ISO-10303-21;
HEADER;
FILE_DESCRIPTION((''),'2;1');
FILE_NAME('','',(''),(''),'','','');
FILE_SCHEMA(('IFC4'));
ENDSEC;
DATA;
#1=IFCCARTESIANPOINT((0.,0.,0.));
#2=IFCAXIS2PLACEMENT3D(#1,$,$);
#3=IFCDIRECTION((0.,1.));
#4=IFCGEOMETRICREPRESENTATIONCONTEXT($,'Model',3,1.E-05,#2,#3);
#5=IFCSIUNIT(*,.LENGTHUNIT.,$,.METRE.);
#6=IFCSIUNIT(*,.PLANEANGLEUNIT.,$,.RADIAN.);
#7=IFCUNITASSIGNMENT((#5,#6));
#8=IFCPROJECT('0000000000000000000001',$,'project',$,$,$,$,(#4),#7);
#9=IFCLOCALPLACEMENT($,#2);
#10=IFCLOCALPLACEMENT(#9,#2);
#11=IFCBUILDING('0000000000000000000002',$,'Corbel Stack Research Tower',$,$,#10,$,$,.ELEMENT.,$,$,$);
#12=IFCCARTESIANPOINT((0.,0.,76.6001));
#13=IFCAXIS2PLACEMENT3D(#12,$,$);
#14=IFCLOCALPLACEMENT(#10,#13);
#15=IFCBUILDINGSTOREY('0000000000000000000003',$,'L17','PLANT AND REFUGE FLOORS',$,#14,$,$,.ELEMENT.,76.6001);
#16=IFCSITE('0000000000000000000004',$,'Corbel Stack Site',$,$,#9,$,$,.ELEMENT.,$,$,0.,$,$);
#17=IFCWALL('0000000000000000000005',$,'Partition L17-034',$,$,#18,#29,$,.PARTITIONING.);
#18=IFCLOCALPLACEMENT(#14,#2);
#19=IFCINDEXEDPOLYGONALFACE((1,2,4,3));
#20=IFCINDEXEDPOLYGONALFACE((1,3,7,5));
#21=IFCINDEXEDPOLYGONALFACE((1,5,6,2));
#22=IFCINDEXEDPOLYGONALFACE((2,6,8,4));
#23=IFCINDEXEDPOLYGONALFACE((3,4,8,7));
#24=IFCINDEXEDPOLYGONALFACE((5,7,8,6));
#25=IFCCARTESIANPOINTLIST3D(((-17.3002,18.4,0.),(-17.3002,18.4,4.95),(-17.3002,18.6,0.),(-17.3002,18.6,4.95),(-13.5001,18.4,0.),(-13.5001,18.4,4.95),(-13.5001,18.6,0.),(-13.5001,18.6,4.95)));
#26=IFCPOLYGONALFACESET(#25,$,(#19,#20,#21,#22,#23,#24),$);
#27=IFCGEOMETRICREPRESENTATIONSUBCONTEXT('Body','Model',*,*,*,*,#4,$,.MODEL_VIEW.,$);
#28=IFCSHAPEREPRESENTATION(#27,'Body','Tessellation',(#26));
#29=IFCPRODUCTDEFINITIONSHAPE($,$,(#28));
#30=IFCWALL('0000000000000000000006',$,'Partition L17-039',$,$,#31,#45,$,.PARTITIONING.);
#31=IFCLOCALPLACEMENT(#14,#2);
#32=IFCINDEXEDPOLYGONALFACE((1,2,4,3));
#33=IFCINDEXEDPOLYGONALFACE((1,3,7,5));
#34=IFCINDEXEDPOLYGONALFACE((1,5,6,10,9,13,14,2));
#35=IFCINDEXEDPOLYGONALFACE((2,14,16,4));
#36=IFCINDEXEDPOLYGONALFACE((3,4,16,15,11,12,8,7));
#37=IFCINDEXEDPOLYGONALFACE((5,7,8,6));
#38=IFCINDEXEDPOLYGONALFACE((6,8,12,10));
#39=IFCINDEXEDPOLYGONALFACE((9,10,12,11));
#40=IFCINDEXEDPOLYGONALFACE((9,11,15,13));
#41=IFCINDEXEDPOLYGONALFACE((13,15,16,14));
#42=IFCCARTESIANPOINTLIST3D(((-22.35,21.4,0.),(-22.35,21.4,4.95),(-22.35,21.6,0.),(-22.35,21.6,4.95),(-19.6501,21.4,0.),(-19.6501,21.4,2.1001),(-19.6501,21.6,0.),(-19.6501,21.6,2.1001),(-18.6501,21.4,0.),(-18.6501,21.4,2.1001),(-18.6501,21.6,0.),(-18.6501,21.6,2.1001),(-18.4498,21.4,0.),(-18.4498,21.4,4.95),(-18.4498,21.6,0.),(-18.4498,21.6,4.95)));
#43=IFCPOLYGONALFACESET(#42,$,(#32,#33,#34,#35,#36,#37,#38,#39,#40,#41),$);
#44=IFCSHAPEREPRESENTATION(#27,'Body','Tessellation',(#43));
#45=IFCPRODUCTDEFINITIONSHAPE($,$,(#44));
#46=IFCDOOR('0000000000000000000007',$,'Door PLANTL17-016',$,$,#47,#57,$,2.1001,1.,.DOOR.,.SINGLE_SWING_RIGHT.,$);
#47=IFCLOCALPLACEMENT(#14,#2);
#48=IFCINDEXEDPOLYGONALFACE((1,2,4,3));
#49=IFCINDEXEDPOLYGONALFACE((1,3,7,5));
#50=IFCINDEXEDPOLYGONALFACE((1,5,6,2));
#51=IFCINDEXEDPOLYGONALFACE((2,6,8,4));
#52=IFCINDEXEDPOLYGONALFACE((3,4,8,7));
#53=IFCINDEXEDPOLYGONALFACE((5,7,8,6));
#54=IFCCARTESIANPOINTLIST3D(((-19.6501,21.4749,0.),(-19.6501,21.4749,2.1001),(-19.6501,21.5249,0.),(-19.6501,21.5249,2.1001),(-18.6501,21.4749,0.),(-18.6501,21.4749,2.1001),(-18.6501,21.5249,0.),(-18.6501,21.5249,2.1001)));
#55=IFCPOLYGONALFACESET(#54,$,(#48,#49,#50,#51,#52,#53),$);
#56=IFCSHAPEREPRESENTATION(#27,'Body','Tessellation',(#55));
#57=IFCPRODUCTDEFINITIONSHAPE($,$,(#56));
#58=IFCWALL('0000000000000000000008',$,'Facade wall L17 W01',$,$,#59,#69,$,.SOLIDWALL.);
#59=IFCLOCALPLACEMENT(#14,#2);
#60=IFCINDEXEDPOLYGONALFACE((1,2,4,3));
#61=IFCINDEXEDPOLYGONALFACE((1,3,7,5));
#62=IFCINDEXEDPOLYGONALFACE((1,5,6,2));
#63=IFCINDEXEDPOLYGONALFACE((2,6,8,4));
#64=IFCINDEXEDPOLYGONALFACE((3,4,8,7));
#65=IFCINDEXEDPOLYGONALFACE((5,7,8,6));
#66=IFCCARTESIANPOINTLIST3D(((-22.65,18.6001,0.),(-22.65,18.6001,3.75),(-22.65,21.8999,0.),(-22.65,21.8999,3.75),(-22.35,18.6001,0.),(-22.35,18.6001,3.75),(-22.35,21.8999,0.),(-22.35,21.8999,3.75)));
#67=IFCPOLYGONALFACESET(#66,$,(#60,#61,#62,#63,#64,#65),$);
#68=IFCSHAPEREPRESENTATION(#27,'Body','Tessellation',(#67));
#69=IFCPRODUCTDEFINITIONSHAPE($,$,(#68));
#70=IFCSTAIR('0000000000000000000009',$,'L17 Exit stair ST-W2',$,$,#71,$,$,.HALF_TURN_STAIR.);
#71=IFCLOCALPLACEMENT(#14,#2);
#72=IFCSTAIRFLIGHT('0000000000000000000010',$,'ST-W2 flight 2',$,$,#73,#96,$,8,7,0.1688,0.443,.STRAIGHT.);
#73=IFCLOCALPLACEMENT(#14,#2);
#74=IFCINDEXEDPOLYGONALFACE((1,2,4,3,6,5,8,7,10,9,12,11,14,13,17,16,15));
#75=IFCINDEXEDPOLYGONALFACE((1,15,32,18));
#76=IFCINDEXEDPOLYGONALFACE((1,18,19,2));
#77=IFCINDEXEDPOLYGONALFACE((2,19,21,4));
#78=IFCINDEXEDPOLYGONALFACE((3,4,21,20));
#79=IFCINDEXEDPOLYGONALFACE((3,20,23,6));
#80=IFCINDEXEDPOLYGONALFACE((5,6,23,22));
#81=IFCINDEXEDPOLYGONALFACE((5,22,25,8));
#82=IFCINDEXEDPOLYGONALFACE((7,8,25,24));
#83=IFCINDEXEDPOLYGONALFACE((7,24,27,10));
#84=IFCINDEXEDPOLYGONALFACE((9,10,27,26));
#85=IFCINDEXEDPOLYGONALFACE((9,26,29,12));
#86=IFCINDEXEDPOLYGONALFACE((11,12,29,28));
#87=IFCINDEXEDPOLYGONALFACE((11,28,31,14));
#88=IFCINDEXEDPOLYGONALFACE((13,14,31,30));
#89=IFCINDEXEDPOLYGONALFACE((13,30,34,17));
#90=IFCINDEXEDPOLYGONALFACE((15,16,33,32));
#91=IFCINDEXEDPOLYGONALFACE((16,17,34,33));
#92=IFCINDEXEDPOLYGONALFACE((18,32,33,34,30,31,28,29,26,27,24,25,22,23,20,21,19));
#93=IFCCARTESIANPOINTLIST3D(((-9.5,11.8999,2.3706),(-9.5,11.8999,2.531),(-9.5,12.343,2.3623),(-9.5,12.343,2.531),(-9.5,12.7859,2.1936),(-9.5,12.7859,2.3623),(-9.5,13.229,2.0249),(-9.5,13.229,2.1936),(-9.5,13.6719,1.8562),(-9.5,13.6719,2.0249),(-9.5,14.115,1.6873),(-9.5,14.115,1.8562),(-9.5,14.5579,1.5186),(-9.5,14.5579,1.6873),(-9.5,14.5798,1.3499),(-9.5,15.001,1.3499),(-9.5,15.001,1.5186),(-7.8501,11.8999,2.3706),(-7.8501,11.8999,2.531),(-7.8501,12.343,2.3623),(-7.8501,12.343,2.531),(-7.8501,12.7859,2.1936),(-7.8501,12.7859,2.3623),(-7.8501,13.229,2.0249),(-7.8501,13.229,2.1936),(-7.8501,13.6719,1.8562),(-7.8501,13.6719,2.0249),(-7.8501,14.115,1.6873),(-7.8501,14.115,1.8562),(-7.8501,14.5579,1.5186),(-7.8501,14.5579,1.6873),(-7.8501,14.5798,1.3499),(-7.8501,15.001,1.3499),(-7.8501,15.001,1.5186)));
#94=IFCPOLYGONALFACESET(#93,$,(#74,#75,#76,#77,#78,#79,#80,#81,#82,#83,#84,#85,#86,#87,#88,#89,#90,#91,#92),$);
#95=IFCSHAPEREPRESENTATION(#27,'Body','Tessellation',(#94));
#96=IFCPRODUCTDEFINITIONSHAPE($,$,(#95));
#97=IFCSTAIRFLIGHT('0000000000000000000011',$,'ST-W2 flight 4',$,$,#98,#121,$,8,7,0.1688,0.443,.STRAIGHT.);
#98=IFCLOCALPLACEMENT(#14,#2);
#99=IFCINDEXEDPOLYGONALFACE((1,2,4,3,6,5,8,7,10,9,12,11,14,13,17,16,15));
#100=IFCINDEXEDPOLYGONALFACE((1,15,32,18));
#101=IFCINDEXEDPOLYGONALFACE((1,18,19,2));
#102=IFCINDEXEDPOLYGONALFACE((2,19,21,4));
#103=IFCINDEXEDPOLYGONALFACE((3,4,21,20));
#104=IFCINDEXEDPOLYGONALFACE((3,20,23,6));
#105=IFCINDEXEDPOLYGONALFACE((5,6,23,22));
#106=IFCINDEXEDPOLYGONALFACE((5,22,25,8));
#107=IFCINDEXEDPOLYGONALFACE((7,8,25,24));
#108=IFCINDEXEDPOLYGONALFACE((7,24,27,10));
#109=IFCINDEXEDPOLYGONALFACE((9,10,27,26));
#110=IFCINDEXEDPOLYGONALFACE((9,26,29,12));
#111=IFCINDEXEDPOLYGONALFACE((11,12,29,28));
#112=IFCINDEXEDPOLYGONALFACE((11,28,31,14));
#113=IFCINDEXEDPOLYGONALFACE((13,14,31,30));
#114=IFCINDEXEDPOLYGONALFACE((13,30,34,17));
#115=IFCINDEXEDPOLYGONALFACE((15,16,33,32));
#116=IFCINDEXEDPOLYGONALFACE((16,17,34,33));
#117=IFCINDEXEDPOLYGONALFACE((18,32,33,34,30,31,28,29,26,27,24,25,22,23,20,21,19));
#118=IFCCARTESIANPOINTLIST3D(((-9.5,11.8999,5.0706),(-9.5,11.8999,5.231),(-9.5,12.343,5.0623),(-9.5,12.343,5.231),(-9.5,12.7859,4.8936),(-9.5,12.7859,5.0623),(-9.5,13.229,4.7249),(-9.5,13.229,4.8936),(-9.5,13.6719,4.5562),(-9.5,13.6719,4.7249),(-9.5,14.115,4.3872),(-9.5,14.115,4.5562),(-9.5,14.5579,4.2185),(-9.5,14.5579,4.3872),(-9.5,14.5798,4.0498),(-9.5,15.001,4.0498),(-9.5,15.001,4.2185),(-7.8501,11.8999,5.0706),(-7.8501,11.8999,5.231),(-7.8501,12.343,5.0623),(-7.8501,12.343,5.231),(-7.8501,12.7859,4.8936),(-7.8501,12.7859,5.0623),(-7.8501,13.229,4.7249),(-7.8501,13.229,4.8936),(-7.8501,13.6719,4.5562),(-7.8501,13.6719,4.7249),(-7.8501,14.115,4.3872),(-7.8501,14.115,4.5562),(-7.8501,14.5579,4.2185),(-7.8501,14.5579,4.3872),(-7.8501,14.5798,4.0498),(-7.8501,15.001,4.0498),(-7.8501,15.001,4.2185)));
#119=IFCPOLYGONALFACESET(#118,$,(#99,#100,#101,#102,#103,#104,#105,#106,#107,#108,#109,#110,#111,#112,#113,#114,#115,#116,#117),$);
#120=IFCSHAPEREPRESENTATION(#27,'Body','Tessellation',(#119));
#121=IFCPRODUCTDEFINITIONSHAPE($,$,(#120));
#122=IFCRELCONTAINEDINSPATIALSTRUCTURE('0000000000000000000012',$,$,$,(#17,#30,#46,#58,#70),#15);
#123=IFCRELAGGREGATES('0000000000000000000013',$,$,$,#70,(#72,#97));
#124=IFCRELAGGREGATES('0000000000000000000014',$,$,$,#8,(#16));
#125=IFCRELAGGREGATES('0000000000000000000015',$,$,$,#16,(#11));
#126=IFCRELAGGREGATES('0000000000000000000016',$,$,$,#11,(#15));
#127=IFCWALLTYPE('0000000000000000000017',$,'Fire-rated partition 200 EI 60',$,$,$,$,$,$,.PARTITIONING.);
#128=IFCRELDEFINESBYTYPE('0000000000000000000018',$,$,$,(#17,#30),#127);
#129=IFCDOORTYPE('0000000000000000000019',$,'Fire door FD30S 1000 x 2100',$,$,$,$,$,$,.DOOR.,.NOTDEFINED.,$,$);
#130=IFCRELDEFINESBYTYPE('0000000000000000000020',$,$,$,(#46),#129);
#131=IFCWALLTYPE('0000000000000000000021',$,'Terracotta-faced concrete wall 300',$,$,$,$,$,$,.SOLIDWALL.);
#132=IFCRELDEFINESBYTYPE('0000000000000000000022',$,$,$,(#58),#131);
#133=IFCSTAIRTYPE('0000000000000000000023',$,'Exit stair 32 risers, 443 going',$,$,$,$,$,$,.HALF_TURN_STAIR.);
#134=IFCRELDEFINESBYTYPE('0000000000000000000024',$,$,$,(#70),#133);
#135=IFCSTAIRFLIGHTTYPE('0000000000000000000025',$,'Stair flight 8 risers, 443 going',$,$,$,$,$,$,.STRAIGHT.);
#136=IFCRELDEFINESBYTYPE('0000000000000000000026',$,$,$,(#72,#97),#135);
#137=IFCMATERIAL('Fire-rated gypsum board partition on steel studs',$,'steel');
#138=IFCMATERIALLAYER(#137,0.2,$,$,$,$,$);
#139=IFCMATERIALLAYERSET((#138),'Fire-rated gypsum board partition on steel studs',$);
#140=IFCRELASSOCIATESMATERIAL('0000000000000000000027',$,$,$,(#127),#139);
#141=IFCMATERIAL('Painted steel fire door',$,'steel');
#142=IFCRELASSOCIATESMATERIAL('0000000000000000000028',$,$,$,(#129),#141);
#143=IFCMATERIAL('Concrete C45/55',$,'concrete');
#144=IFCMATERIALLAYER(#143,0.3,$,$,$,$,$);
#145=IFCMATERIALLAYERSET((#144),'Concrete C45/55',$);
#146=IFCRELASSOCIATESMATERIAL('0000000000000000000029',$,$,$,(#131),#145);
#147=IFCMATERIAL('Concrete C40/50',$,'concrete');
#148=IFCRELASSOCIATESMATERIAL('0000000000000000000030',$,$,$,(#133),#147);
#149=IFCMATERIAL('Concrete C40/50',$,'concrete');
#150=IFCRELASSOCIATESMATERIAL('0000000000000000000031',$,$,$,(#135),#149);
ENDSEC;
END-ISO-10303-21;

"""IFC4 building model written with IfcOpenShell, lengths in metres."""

from ifc_helpers import new_model, si_unit, direction, frame, frame_2d, origin, place, context, subcontext, project, spatial, polyline, rectangle, outline, extrude, material, layer, layer_set, type_object, element, fill, aggregate, save


model = new_model("IFC4")

# Units and contexts
model_context = context("Model", 3, precision=1e-05, world=origin(), true_north=direction((0.0, 1.0)))
body_context = subcontext(model_context, "Body", "Model", "MODEL_VIEW")
ifc_project = project(units=[si_unit("LENGTHUNIT", "METRE"), si_unit("PLANEANGLEUNIT", "RADIAN")], contexts=[model_context])

# Site, building, storey
site_placement = place(None, origin())
site = spatial("IfcSite", under=ifc_project, at=site_placement, Name="Corbel Stack Site", CompositionType="ELEMENT", RefElevation=0.0)
building_placement = place(site_placement, origin())
building = spatial("IfcBuilding", under=site, at=building_placement, Name="Corbel Stack Research Tower", CompositionType="ELEMENT")
storey_placement = place(building_placement, frame((0.0, 0.0, 76.6001)))
storey = spatial("IfcBuildingStorey", under=building, at=storey_placement, Name="L17", Description="PLANT AND REFUGE FLOORS", CompositionType="ELEMENT", Elevation=76.6001)

# Wall
ifc_material_1 = material(Name="Fire-rated gypsum board partition on steel studs", Category="steel")
ifc_layer_1 = layer(ifc_material_1, 0.2)
ifc_layer_set_1 = layer_set([ifc_layer_1], Name="Fire-rated gypsum board partition on steel studs")
wall_type_1 = type_object("IfcWallType", Name="Fire-rated partition 200 EI 60", PredefinedType="PARTITIONING", material=ifc_layer_set_1)
wall_1_placement = place(storey_placement, frame((-17.3, 18.5, 0.0), z_axis=(0.0, 0.0, 1.0), x_axis=(1.0, 0.0, 0.0)))
element("IfcWall", 1, at=wall_1_placement, inside=storey, type_object=wall_type_1, Name="Partition L17-034", PredefinedType="PARTITIONING", context=body_context, shape_type="SweptSolid", body=[
    extrude(rectangle(XDim=3.8, YDim=0.2, at=frame_2d((1.8999, 0.0))), origin(), (0.0, 0.0, 1.0), 4.95),
])

# Wall, opening, door
wall_2_placement = place(storey_placement, frame((-22.3501, 21.5, 0.0), z_axis=(0.0, 0.0, 1.0), x_axis=(1.0, 0.0, 0.0)))
wall_2 = element("IfcWall", 2, at=wall_2_placement, inside=storey, type_object=wall_type_1, Name="Partition L17-039", PredefinedType="PARTITIONING", context=body_context, shape_type="SweptSolid", body=[
    extrude(rectangle(XDim=3.9001, YDim=0.2, at=frame_2d((1.9502, 0.0))), origin(), (0.0, 0.0, 1.0), 4.95),
])
opening_1_placement = place(wall_2_placement, frame((2.7, 0.0, 0.0)))
opening_1 = element("IfcOpeningElement", 3, at=opening_1_placement, cuts=wall_2, PredefinedType="OPENING", context=body_context, shape_type="SweptSolid", body=[
    extrude(rectangle(XDim=1.0, YDim=2.1001, at=frame_2d((0.5, 1.05))), frame((0.0, 0.1099, 0.0), z_axis=(0.0, -1.0, 0.0), x_axis=(1.0, 0.0, 0.0)), (0.0, 0.0, 1.0), 0.22),
])
ifc_material_2 = material(Name="Painted steel fire door", Category="steel")
door_type_1 = type_object("IfcDoorType", Name="Fire door FD30S 1000 x 2100", OperationType="NOTDEFINED", PredefinedType="DOOR", material=ifc_material_2)
door_1_placement = place(opening_1_placement, origin())
door_1 = element("IfcDoor", 4, at=door_1_placement, inside=storey, type_object=door_type_1, Name="Door PLANTL17-016", OperationType="SINGLE_SWING_RIGHT", OverallHeight=2.1001, OverallWidth=1.0, PredefinedType="DOOR", context=body_context, shape_type="SweptSolid", body=[
    extrude(rectangle(XDim=1.0, YDim=2.1001, at=frame_2d((0.5, 1.05))), frame((0.0, 0.0249, 0.0), z_axis=(0.0, -1.0, 0.0), x_axis=(1.0, 0.0, 0.0)), (0.0, 0.0, 1.0), 0.05),
])
fill(opening_1, door_1)

# Wall
ifc_material_3 = material(Name="Concrete C45/55", Category="concrete")
ifc_layer_2 = layer(ifc_material_3, 0.3)
ifc_layer_set_2 = layer_set([ifc_layer_2], Name="Concrete C45/55")
wall_type_2 = type_object("IfcWallType", Name="Terracotta-faced concrete wall 300", PredefinedType="SOLIDWALL", material=ifc_layer_set_2)
wall_3_placement = place(storey_placement, frame((-22.5, 18.6001, 0.0), z_axis=(0.0, 0.0, 1.0), x_axis=(0.0, 1.0, 0.0)))
element("IfcWall", 5, at=wall_3_placement, inside=storey, type_object=wall_type_2, Name="Facade wall L17 W01", PredefinedType="SOLIDWALL", context=body_context, shape_type="SweptSolid", body=[
    extrude(rectangle(XDim=3.2998, YDim=0.3, at=frame_2d((1.6499, 0.0))), origin(), (0.0, 0.0, 1.0), 3.75),
])

# Stair, stair flights
ifc_material_4 = material(Name="Concrete C40/50", Category="concrete")
stair_type = type_object("IfcStairType", Name="Exit stair 32 risers, 443 going", PredefinedType="HALF_TURN_STAIR", material=ifc_material_4)
stair_placement = place(storey_placement, origin())
stair = element("IfcStair", 6, at=stair_placement, inside=storey, type_object=stair_type, Name="L17 Exit stair ST-W2", PredefinedType="HALF_TURN_STAIR")
ifc_material_5 = material(Name="Concrete C40/50", Category="concrete")
stair_flight_type = type_object("IfcStairFlightType", Name="Stair flight 8 risers, 443 going", PredefinedType="STRAIGHT", material=ifc_material_5)
stair_flight_1_placement = place(storey_placement, frame((-8.675, 15.001, 1.3499), z_axis=(0.0, 0.0, 1.0), x_axis=(0.0, -1.0, 0.0)))
stair_flight_1 = element("IfcStairFlight", 7, at=stair_flight_1_placement, type_object=stair_flight_type, Name="ST-W2 flight 2", NumberOfRisers=8, NumberOfTreads=7, PredefinedType="STRAIGHT", RiserHeight=0.1688, TreadLength=0.443, context=body_context, shape_type="SweptSolid", body=[
    extrude(outline(polyline([(0.0, 0.0), (0.0, 0.1687), (0.4431, 0.1687), (0.4431, 0.3374), (0.886, 0.3374), (0.886, 0.5063), (1.3291, 0.5063), (1.3291, 0.675), (1.772, 0.675), (1.772, 0.8438), (2.2151, 0.8438), (2.2151, 1.0125), (2.658, 1.0125), (2.658, 1.1812), (3.1011, 1.1812), (3.1011, 1.3501), (3.1011, 1.0208), (0.4211, 0.0), (0.0, 0.0)])), frame((0.0, 0.825, 0.0), z_axis=(0.0, -1.0, 0.0), x_axis=(1.0, 0.0, 0.0)), (0.0, 0.0, 1.0), 1.6499),
])
stair_flight_2_placement = place(storey_placement, frame((-8.675, 15.001, 4.0498), z_axis=(0.0, 0.0, 1.0), x_axis=(0.0, -1.0, 0.0)))
stair_flight_2 = element("IfcStairFlight", 8, at=stair_flight_2_placement, type_object=stair_flight_type, Name="ST-W2 flight 4", NumberOfRisers=8, NumberOfTreads=7, PredefinedType="STRAIGHT", RiserHeight=0.1688, TreadLength=0.443, context=body_context, shape_type="SweptSolid", body=[
    extrude(outline(polyline([(0.0, 0.0), (0.0, 0.1687), (0.4431, 0.1687), (0.4431, 0.3374), (0.886, 0.3374), (0.886, 0.5063), (1.3291, 0.5063), (1.3291, 0.675), (1.772, 0.675), (1.772, 0.8438), (2.2151, 0.8438), (2.2151, 1.0125), (2.658, 1.0125), (2.658, 1.1812), (3.1011, 1.1812), (3.1011, 1.3501), (3.1011, 1.0208), (0.4211, 0.0), (0.0, 0.0)])), frame((0.0, 0.825, 0.0), z_axis=(0.0, -1.0, 0.0), x_axis=(1.0, 0.0, 0.0)), (0.0, 0.0, 1.0), 1.6499),
])
aggregate(stair, [stair_flight_1, stair_flight_2])

save(model, "model.ifc")
